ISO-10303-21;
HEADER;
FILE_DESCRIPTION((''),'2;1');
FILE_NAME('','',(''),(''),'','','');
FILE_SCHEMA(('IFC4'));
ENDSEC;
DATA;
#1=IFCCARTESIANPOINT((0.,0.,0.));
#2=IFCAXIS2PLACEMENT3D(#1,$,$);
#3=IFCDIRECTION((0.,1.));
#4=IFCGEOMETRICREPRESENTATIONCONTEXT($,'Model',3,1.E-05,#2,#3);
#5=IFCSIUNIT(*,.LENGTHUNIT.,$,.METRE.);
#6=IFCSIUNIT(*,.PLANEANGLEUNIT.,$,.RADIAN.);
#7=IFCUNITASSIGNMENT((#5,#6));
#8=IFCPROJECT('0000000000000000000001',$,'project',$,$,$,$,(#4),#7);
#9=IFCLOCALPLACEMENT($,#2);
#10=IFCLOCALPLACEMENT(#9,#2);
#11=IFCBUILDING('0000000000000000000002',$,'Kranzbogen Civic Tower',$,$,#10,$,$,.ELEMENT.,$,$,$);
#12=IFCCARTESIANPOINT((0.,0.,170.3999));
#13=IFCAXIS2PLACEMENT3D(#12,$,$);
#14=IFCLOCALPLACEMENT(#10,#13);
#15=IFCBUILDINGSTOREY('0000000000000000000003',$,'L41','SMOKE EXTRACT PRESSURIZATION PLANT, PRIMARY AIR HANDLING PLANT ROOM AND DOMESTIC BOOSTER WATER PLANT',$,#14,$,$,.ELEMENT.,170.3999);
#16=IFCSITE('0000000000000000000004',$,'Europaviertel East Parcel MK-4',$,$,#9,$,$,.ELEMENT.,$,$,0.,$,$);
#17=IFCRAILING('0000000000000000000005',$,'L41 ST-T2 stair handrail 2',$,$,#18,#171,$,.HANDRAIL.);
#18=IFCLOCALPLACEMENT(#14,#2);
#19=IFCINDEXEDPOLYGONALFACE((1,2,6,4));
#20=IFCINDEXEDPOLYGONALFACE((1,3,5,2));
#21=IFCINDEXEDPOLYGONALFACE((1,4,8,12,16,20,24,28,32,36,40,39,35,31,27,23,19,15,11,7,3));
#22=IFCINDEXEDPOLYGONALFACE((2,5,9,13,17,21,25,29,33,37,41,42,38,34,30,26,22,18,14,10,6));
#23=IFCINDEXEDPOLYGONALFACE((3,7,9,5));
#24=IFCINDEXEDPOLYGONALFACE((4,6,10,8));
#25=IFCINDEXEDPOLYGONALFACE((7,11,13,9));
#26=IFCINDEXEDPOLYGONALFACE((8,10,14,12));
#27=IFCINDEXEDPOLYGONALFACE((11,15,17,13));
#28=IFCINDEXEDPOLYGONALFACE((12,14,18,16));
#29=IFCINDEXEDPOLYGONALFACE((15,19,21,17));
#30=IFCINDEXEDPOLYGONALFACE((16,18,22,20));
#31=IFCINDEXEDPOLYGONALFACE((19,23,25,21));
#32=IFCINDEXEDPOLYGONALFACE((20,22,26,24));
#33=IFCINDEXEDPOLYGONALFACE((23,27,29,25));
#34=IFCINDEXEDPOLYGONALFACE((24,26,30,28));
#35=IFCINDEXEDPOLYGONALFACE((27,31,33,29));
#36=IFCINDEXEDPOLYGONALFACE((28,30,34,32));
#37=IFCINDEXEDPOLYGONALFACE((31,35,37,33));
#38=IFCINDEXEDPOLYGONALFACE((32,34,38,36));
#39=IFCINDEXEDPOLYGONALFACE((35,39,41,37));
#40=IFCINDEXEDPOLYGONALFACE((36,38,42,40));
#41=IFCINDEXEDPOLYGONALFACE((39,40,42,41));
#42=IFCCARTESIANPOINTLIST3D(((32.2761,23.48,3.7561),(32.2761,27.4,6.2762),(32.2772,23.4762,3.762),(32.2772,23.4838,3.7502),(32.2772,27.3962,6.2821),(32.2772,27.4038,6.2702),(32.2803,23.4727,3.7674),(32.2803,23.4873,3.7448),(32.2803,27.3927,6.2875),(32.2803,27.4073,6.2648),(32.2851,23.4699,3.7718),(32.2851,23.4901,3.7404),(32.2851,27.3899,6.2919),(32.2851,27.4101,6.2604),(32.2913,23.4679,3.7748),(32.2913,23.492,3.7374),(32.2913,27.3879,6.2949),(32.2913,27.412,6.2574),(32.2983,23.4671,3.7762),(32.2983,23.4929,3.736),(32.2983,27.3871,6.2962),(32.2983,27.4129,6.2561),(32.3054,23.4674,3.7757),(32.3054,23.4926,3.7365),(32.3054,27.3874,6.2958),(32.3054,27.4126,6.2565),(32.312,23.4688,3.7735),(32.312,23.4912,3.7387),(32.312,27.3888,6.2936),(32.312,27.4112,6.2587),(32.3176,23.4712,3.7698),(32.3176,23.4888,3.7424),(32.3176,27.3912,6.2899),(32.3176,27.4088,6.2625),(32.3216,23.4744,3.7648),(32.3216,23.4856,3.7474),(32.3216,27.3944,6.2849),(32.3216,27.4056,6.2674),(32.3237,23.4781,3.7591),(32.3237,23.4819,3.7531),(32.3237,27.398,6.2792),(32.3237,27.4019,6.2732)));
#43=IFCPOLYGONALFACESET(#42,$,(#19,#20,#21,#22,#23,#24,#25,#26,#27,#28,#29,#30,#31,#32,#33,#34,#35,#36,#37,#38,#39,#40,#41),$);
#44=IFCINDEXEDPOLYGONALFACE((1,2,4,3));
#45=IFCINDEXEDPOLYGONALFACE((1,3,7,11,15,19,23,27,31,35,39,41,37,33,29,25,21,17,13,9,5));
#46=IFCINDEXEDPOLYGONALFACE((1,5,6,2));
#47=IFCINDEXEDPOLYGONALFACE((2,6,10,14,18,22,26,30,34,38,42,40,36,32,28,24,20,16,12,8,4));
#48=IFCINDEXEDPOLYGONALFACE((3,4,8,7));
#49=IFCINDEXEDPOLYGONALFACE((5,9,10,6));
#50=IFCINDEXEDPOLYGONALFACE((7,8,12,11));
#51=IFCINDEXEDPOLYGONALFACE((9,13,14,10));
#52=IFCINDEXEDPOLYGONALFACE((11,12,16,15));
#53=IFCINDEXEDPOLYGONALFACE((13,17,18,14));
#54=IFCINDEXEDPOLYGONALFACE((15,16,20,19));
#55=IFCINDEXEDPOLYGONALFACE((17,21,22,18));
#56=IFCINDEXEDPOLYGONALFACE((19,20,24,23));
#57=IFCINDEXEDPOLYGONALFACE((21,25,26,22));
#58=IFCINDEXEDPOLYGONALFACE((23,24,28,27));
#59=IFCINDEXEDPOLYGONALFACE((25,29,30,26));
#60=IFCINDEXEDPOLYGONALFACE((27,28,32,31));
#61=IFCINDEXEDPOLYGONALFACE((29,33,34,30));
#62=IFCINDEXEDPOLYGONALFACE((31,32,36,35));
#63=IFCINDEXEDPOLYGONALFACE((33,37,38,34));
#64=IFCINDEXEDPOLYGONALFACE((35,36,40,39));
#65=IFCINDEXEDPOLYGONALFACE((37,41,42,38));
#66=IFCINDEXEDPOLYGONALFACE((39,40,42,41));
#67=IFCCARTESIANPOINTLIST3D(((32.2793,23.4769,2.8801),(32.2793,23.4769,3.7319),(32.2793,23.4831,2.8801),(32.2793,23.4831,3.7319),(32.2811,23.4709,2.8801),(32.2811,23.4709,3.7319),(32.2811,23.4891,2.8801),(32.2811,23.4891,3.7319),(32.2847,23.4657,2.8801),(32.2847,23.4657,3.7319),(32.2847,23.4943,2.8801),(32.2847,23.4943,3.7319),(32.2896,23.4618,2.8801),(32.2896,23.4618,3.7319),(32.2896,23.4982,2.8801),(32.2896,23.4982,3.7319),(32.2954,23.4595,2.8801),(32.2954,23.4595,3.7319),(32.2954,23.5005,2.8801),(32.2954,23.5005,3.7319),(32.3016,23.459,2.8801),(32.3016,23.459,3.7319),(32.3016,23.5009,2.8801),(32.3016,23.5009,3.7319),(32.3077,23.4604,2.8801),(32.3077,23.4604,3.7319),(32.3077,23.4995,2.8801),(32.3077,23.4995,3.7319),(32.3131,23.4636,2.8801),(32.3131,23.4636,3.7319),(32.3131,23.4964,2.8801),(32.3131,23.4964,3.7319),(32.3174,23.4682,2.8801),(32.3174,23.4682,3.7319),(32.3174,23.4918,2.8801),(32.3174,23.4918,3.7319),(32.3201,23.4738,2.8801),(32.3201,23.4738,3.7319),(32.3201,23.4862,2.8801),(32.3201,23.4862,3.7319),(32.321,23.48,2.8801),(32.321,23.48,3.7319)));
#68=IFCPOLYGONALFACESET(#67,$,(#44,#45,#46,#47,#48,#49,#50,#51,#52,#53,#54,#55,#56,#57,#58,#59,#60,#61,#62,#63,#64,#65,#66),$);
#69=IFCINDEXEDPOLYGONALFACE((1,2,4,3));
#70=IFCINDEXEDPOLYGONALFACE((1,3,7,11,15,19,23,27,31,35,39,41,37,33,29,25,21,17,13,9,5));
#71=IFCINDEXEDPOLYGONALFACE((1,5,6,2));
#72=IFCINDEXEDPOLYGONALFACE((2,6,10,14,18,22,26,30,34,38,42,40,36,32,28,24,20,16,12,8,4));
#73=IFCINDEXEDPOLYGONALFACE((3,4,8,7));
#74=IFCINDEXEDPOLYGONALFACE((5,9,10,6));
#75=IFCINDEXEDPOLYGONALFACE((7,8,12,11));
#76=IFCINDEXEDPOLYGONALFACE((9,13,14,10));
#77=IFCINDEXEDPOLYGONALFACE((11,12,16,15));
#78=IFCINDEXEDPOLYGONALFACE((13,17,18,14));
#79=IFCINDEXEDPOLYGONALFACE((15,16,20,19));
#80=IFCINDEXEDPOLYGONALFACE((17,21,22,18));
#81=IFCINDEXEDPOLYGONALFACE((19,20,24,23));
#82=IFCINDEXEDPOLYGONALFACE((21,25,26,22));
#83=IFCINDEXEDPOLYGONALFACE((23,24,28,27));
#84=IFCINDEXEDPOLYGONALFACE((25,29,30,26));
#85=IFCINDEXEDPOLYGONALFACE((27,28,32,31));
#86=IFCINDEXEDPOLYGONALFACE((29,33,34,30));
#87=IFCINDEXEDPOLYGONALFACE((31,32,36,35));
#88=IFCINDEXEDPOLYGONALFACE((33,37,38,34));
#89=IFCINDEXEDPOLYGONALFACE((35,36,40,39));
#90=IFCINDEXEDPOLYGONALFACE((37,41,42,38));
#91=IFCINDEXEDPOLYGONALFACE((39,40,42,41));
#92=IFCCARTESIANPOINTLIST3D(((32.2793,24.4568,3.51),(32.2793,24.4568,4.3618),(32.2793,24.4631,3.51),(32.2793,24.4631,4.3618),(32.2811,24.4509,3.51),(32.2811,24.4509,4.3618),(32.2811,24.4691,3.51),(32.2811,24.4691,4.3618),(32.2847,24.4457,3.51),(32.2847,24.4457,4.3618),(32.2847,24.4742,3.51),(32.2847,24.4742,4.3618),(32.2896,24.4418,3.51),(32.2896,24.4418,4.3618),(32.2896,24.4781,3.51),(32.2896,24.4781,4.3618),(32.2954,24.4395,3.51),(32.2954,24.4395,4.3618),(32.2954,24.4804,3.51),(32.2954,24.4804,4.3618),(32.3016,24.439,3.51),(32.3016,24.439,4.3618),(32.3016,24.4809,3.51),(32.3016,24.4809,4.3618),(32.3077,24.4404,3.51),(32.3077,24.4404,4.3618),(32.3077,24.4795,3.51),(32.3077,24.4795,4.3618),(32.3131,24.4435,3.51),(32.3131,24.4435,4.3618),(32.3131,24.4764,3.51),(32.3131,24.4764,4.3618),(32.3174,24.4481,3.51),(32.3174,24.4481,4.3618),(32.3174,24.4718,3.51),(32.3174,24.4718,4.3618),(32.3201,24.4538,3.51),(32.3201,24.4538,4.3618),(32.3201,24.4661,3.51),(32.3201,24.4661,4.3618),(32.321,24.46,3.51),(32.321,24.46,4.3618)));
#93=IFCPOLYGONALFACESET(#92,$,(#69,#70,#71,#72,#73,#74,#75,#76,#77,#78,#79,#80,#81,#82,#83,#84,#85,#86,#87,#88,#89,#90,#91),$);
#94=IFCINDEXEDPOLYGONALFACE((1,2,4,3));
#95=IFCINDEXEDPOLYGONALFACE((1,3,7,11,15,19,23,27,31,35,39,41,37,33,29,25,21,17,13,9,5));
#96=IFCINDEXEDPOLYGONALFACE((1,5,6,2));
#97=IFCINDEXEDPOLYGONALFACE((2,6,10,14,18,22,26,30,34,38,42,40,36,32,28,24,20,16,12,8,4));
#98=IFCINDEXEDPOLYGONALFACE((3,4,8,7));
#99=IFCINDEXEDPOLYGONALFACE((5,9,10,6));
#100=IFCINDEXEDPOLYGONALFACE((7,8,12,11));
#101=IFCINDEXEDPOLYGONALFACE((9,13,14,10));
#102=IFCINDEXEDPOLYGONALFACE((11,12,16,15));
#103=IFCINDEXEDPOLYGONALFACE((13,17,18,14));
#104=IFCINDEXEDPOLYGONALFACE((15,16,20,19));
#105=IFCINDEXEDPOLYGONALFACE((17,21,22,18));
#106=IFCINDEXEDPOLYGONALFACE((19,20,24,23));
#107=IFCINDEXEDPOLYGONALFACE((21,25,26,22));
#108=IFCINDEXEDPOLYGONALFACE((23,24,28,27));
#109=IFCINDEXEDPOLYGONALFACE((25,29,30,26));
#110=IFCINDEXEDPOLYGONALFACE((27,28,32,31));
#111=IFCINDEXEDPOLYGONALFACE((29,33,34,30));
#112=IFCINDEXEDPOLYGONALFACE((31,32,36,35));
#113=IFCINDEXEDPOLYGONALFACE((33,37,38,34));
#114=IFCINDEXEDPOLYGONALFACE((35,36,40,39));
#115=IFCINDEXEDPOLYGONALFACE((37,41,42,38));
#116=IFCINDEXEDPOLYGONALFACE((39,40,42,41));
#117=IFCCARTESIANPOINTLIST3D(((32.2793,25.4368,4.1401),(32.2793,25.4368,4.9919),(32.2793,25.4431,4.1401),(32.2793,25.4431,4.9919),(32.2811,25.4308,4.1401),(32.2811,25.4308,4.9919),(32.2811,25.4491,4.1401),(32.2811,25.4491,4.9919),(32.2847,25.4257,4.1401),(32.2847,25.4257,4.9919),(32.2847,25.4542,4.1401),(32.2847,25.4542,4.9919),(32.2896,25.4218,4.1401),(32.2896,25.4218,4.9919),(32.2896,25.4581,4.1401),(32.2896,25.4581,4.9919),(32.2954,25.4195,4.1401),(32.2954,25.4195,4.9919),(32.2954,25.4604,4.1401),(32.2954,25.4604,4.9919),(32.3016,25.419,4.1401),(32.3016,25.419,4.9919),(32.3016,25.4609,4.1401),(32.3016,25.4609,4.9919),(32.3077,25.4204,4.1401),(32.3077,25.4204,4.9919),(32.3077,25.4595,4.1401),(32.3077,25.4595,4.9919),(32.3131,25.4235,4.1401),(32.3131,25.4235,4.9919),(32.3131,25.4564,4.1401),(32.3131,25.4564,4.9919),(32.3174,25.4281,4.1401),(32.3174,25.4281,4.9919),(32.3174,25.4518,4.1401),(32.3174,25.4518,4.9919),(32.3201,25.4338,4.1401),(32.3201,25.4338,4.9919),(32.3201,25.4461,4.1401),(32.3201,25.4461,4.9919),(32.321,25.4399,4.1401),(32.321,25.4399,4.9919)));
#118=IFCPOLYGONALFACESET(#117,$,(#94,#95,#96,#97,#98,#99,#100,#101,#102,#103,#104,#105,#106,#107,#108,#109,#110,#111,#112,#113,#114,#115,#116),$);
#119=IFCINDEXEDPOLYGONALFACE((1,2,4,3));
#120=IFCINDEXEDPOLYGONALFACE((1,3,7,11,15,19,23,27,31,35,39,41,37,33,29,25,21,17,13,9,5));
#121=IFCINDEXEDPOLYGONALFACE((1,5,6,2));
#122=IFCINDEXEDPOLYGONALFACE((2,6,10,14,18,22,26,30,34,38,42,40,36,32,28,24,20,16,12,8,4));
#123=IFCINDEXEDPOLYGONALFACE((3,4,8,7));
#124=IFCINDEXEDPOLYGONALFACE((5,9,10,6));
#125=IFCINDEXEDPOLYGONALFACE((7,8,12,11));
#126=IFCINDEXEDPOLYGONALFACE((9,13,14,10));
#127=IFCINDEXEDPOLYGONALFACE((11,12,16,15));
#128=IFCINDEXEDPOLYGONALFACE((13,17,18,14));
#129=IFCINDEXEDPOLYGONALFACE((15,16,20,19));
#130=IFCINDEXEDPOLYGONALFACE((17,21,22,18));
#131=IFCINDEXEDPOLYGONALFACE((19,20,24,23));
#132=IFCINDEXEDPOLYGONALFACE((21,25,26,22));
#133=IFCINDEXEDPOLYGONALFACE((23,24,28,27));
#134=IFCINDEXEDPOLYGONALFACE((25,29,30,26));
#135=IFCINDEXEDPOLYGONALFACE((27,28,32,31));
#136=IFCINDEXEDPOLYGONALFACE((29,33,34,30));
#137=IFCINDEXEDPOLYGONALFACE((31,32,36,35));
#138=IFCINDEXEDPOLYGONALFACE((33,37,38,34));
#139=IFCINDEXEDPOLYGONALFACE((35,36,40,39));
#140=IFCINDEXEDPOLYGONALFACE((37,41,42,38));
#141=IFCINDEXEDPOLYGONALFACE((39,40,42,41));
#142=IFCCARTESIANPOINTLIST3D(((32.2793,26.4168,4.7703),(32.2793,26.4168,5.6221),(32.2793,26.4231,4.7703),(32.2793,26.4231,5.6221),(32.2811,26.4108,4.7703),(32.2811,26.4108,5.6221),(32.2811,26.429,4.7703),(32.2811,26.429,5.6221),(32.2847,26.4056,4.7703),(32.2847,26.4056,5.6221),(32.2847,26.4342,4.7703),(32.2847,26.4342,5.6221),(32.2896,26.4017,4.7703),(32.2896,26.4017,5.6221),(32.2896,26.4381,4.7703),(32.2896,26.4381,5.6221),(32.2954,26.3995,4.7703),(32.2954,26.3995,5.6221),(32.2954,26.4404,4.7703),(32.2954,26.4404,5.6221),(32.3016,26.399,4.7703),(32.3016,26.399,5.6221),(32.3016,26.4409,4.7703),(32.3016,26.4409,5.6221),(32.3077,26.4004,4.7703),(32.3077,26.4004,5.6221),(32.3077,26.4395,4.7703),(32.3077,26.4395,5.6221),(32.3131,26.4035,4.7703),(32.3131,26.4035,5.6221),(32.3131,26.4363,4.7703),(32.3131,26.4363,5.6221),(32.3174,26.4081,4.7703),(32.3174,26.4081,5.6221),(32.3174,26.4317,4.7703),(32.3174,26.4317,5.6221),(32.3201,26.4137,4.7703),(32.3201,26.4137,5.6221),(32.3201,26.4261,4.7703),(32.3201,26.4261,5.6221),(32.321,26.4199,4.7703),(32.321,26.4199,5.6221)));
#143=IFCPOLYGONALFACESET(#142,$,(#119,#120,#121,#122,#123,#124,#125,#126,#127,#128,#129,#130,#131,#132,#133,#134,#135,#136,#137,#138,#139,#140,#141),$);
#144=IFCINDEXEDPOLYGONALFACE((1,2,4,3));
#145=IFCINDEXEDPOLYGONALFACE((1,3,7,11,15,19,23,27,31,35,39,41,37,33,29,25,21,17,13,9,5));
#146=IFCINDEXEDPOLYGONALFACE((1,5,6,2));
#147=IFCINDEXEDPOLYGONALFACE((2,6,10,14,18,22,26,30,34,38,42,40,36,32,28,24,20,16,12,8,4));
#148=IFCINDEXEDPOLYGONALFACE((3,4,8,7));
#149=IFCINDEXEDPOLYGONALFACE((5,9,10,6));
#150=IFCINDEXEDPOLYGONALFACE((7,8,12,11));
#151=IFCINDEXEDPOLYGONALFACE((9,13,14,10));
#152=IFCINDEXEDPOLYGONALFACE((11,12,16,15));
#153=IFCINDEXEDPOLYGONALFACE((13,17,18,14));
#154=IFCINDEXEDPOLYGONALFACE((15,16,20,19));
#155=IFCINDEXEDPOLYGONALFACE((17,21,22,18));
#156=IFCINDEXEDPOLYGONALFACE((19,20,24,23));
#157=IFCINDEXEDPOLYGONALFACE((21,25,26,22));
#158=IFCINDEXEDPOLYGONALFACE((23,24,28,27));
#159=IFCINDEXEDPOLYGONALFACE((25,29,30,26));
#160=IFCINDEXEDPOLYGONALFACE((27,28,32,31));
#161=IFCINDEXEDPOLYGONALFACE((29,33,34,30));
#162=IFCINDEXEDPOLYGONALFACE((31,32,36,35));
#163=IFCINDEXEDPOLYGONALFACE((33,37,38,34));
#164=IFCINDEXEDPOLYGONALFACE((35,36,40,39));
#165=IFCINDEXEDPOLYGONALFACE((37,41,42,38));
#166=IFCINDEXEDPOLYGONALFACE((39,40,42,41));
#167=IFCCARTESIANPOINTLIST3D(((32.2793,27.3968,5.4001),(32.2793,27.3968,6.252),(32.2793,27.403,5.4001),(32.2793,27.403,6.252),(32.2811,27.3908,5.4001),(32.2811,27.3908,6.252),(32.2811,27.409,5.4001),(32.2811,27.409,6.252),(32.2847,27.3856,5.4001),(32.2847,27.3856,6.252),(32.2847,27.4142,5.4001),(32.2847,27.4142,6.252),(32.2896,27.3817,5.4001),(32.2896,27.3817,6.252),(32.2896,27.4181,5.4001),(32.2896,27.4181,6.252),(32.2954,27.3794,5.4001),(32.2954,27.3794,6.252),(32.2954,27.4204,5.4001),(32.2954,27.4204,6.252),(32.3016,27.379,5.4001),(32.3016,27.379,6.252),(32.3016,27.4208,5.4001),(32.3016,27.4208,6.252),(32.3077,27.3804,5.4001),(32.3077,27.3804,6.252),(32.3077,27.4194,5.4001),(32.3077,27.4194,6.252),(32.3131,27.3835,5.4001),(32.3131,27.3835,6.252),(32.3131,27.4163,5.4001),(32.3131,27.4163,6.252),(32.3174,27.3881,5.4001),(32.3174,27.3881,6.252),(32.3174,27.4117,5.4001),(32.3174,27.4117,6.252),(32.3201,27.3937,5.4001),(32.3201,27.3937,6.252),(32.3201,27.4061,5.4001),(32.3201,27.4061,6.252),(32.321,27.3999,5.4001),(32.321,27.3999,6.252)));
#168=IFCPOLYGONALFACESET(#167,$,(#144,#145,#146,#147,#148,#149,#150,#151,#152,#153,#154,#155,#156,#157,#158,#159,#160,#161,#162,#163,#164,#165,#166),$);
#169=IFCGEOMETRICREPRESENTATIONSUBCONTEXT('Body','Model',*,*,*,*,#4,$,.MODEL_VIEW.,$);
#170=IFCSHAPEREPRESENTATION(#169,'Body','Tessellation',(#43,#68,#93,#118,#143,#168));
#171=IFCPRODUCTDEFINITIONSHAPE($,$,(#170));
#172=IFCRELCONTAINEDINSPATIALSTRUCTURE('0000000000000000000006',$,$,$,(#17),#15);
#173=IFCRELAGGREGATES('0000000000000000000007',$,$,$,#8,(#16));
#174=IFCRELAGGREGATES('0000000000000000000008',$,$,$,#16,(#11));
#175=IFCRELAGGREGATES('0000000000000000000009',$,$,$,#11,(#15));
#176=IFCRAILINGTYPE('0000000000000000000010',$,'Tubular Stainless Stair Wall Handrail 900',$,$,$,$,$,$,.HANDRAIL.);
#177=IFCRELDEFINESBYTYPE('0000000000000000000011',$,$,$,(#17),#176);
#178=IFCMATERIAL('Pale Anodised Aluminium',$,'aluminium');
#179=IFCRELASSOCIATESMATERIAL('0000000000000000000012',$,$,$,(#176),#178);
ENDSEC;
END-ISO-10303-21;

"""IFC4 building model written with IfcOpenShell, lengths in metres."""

from ifc_helpers import new_model, si_unit, direction, frame, origin, origin_2d, place, context, subcontext, project, spatial, circle, extrude, material, type_object, element, save


model = new_model("IFC4")

# Units and contexts
model_context = context("Model", 3, precision=1e-05, world=origin(), true_north=direction((0.0, 1.0)))
body_context = subcontext(model_context, "Body", "Model", "MODEL_VIEW")
ifc_project = project(units=[si_unit("LENGTHUNIT", "METRE"), si_unit("PLANEANGLEUNIT", "RADIAN")], contexts=[model_context])

# Site, building, storey
site_placement = place(None, origin())
site = spatial("IfcSite", under=ifc_project, at=site_placement, Name="Europaviertel East Parcel MK-4", CompositionType="ELEMENT", RefElevation=0.0)
building_placement = place(site_placement, origin())
building = spatial("IfcBuilding", under=site, at=building_placement, Name="Kranzbogen Civic Tower", CompositionType="ELEMENT")
storey_placement = place(building_placement, frame((0.0, 0.0, 170.3999)))
storey = spatial("IfcBuildingStorey", under=building, at=storey_placement, Name="L41", Description="SMOKE EXTRACT PRESSURIZATION PLANT, PRIMARY AIR HANDLING PLANT ROOM AND DOMESTIC BOOSTER WATER PLANT", CompositionType="ELEMENT", Elevation=170.3999)

# Shared definitions
ifc_material_1 = material(Name="Pale Anodised Aluminium", Category="aluminium")

# Railing
railing_type_1 = type_object("IfcRailingType", Name="Tubular Stainless Stair Wall Handrail 900", PredefinedType="HANDRAIL", material=ifc_material_1)
railing_1_placement = place(storey_placement, frame((32.3, 23.48, 2.8801)))
element("IfcRailing", 1, at=railing_1_placement, inside=storey, type_object=railing_type_1, Name="L41 ST-T2 stair handrail 2", PredefinedType="HANDRAIL", context=body_context, shape_type="SweptSolid", body=[
    extrude(circle(Radius=0.0239, at=origin_2d()), frame((0.0, 0.0, 0.876), z_axis=(0.0, 0.841172, 0.540768), x_axis=(-1.0, 0.0, 0.0)), (0.0, 0.0, 1.0), 4.6602),
    extrude(circle(Radius=0.021, at=origin_2d()), origin(), (0.0, 0.0, 1.0), 0.8518),
    extrude(circle(Radius=0.021, at=origin_2d()), frame((0.0, 0.98, 0.6299)), (0.0, 0.0, 1.0), 0.8518),
    extrude(circle(Radius=0.021, at=origin_2d()), frame((0.0, 1.96, 1.26)), (0.0, 0.0, 1.0), 0.8518),
    extrude(circle(Radius=0.021, at=origin_2d()), frame((0.0, 2.9399, 1.8901)), (0.0, 0.0, 1.0), 0.8518),
    extrude(circle(Radius=0.021, at=origin_2d()), frame((0.0, 3.9199, 2.52)), (0.0, 0.0, 1.0), 0.8518),
])

save(model, "model.ifc")
